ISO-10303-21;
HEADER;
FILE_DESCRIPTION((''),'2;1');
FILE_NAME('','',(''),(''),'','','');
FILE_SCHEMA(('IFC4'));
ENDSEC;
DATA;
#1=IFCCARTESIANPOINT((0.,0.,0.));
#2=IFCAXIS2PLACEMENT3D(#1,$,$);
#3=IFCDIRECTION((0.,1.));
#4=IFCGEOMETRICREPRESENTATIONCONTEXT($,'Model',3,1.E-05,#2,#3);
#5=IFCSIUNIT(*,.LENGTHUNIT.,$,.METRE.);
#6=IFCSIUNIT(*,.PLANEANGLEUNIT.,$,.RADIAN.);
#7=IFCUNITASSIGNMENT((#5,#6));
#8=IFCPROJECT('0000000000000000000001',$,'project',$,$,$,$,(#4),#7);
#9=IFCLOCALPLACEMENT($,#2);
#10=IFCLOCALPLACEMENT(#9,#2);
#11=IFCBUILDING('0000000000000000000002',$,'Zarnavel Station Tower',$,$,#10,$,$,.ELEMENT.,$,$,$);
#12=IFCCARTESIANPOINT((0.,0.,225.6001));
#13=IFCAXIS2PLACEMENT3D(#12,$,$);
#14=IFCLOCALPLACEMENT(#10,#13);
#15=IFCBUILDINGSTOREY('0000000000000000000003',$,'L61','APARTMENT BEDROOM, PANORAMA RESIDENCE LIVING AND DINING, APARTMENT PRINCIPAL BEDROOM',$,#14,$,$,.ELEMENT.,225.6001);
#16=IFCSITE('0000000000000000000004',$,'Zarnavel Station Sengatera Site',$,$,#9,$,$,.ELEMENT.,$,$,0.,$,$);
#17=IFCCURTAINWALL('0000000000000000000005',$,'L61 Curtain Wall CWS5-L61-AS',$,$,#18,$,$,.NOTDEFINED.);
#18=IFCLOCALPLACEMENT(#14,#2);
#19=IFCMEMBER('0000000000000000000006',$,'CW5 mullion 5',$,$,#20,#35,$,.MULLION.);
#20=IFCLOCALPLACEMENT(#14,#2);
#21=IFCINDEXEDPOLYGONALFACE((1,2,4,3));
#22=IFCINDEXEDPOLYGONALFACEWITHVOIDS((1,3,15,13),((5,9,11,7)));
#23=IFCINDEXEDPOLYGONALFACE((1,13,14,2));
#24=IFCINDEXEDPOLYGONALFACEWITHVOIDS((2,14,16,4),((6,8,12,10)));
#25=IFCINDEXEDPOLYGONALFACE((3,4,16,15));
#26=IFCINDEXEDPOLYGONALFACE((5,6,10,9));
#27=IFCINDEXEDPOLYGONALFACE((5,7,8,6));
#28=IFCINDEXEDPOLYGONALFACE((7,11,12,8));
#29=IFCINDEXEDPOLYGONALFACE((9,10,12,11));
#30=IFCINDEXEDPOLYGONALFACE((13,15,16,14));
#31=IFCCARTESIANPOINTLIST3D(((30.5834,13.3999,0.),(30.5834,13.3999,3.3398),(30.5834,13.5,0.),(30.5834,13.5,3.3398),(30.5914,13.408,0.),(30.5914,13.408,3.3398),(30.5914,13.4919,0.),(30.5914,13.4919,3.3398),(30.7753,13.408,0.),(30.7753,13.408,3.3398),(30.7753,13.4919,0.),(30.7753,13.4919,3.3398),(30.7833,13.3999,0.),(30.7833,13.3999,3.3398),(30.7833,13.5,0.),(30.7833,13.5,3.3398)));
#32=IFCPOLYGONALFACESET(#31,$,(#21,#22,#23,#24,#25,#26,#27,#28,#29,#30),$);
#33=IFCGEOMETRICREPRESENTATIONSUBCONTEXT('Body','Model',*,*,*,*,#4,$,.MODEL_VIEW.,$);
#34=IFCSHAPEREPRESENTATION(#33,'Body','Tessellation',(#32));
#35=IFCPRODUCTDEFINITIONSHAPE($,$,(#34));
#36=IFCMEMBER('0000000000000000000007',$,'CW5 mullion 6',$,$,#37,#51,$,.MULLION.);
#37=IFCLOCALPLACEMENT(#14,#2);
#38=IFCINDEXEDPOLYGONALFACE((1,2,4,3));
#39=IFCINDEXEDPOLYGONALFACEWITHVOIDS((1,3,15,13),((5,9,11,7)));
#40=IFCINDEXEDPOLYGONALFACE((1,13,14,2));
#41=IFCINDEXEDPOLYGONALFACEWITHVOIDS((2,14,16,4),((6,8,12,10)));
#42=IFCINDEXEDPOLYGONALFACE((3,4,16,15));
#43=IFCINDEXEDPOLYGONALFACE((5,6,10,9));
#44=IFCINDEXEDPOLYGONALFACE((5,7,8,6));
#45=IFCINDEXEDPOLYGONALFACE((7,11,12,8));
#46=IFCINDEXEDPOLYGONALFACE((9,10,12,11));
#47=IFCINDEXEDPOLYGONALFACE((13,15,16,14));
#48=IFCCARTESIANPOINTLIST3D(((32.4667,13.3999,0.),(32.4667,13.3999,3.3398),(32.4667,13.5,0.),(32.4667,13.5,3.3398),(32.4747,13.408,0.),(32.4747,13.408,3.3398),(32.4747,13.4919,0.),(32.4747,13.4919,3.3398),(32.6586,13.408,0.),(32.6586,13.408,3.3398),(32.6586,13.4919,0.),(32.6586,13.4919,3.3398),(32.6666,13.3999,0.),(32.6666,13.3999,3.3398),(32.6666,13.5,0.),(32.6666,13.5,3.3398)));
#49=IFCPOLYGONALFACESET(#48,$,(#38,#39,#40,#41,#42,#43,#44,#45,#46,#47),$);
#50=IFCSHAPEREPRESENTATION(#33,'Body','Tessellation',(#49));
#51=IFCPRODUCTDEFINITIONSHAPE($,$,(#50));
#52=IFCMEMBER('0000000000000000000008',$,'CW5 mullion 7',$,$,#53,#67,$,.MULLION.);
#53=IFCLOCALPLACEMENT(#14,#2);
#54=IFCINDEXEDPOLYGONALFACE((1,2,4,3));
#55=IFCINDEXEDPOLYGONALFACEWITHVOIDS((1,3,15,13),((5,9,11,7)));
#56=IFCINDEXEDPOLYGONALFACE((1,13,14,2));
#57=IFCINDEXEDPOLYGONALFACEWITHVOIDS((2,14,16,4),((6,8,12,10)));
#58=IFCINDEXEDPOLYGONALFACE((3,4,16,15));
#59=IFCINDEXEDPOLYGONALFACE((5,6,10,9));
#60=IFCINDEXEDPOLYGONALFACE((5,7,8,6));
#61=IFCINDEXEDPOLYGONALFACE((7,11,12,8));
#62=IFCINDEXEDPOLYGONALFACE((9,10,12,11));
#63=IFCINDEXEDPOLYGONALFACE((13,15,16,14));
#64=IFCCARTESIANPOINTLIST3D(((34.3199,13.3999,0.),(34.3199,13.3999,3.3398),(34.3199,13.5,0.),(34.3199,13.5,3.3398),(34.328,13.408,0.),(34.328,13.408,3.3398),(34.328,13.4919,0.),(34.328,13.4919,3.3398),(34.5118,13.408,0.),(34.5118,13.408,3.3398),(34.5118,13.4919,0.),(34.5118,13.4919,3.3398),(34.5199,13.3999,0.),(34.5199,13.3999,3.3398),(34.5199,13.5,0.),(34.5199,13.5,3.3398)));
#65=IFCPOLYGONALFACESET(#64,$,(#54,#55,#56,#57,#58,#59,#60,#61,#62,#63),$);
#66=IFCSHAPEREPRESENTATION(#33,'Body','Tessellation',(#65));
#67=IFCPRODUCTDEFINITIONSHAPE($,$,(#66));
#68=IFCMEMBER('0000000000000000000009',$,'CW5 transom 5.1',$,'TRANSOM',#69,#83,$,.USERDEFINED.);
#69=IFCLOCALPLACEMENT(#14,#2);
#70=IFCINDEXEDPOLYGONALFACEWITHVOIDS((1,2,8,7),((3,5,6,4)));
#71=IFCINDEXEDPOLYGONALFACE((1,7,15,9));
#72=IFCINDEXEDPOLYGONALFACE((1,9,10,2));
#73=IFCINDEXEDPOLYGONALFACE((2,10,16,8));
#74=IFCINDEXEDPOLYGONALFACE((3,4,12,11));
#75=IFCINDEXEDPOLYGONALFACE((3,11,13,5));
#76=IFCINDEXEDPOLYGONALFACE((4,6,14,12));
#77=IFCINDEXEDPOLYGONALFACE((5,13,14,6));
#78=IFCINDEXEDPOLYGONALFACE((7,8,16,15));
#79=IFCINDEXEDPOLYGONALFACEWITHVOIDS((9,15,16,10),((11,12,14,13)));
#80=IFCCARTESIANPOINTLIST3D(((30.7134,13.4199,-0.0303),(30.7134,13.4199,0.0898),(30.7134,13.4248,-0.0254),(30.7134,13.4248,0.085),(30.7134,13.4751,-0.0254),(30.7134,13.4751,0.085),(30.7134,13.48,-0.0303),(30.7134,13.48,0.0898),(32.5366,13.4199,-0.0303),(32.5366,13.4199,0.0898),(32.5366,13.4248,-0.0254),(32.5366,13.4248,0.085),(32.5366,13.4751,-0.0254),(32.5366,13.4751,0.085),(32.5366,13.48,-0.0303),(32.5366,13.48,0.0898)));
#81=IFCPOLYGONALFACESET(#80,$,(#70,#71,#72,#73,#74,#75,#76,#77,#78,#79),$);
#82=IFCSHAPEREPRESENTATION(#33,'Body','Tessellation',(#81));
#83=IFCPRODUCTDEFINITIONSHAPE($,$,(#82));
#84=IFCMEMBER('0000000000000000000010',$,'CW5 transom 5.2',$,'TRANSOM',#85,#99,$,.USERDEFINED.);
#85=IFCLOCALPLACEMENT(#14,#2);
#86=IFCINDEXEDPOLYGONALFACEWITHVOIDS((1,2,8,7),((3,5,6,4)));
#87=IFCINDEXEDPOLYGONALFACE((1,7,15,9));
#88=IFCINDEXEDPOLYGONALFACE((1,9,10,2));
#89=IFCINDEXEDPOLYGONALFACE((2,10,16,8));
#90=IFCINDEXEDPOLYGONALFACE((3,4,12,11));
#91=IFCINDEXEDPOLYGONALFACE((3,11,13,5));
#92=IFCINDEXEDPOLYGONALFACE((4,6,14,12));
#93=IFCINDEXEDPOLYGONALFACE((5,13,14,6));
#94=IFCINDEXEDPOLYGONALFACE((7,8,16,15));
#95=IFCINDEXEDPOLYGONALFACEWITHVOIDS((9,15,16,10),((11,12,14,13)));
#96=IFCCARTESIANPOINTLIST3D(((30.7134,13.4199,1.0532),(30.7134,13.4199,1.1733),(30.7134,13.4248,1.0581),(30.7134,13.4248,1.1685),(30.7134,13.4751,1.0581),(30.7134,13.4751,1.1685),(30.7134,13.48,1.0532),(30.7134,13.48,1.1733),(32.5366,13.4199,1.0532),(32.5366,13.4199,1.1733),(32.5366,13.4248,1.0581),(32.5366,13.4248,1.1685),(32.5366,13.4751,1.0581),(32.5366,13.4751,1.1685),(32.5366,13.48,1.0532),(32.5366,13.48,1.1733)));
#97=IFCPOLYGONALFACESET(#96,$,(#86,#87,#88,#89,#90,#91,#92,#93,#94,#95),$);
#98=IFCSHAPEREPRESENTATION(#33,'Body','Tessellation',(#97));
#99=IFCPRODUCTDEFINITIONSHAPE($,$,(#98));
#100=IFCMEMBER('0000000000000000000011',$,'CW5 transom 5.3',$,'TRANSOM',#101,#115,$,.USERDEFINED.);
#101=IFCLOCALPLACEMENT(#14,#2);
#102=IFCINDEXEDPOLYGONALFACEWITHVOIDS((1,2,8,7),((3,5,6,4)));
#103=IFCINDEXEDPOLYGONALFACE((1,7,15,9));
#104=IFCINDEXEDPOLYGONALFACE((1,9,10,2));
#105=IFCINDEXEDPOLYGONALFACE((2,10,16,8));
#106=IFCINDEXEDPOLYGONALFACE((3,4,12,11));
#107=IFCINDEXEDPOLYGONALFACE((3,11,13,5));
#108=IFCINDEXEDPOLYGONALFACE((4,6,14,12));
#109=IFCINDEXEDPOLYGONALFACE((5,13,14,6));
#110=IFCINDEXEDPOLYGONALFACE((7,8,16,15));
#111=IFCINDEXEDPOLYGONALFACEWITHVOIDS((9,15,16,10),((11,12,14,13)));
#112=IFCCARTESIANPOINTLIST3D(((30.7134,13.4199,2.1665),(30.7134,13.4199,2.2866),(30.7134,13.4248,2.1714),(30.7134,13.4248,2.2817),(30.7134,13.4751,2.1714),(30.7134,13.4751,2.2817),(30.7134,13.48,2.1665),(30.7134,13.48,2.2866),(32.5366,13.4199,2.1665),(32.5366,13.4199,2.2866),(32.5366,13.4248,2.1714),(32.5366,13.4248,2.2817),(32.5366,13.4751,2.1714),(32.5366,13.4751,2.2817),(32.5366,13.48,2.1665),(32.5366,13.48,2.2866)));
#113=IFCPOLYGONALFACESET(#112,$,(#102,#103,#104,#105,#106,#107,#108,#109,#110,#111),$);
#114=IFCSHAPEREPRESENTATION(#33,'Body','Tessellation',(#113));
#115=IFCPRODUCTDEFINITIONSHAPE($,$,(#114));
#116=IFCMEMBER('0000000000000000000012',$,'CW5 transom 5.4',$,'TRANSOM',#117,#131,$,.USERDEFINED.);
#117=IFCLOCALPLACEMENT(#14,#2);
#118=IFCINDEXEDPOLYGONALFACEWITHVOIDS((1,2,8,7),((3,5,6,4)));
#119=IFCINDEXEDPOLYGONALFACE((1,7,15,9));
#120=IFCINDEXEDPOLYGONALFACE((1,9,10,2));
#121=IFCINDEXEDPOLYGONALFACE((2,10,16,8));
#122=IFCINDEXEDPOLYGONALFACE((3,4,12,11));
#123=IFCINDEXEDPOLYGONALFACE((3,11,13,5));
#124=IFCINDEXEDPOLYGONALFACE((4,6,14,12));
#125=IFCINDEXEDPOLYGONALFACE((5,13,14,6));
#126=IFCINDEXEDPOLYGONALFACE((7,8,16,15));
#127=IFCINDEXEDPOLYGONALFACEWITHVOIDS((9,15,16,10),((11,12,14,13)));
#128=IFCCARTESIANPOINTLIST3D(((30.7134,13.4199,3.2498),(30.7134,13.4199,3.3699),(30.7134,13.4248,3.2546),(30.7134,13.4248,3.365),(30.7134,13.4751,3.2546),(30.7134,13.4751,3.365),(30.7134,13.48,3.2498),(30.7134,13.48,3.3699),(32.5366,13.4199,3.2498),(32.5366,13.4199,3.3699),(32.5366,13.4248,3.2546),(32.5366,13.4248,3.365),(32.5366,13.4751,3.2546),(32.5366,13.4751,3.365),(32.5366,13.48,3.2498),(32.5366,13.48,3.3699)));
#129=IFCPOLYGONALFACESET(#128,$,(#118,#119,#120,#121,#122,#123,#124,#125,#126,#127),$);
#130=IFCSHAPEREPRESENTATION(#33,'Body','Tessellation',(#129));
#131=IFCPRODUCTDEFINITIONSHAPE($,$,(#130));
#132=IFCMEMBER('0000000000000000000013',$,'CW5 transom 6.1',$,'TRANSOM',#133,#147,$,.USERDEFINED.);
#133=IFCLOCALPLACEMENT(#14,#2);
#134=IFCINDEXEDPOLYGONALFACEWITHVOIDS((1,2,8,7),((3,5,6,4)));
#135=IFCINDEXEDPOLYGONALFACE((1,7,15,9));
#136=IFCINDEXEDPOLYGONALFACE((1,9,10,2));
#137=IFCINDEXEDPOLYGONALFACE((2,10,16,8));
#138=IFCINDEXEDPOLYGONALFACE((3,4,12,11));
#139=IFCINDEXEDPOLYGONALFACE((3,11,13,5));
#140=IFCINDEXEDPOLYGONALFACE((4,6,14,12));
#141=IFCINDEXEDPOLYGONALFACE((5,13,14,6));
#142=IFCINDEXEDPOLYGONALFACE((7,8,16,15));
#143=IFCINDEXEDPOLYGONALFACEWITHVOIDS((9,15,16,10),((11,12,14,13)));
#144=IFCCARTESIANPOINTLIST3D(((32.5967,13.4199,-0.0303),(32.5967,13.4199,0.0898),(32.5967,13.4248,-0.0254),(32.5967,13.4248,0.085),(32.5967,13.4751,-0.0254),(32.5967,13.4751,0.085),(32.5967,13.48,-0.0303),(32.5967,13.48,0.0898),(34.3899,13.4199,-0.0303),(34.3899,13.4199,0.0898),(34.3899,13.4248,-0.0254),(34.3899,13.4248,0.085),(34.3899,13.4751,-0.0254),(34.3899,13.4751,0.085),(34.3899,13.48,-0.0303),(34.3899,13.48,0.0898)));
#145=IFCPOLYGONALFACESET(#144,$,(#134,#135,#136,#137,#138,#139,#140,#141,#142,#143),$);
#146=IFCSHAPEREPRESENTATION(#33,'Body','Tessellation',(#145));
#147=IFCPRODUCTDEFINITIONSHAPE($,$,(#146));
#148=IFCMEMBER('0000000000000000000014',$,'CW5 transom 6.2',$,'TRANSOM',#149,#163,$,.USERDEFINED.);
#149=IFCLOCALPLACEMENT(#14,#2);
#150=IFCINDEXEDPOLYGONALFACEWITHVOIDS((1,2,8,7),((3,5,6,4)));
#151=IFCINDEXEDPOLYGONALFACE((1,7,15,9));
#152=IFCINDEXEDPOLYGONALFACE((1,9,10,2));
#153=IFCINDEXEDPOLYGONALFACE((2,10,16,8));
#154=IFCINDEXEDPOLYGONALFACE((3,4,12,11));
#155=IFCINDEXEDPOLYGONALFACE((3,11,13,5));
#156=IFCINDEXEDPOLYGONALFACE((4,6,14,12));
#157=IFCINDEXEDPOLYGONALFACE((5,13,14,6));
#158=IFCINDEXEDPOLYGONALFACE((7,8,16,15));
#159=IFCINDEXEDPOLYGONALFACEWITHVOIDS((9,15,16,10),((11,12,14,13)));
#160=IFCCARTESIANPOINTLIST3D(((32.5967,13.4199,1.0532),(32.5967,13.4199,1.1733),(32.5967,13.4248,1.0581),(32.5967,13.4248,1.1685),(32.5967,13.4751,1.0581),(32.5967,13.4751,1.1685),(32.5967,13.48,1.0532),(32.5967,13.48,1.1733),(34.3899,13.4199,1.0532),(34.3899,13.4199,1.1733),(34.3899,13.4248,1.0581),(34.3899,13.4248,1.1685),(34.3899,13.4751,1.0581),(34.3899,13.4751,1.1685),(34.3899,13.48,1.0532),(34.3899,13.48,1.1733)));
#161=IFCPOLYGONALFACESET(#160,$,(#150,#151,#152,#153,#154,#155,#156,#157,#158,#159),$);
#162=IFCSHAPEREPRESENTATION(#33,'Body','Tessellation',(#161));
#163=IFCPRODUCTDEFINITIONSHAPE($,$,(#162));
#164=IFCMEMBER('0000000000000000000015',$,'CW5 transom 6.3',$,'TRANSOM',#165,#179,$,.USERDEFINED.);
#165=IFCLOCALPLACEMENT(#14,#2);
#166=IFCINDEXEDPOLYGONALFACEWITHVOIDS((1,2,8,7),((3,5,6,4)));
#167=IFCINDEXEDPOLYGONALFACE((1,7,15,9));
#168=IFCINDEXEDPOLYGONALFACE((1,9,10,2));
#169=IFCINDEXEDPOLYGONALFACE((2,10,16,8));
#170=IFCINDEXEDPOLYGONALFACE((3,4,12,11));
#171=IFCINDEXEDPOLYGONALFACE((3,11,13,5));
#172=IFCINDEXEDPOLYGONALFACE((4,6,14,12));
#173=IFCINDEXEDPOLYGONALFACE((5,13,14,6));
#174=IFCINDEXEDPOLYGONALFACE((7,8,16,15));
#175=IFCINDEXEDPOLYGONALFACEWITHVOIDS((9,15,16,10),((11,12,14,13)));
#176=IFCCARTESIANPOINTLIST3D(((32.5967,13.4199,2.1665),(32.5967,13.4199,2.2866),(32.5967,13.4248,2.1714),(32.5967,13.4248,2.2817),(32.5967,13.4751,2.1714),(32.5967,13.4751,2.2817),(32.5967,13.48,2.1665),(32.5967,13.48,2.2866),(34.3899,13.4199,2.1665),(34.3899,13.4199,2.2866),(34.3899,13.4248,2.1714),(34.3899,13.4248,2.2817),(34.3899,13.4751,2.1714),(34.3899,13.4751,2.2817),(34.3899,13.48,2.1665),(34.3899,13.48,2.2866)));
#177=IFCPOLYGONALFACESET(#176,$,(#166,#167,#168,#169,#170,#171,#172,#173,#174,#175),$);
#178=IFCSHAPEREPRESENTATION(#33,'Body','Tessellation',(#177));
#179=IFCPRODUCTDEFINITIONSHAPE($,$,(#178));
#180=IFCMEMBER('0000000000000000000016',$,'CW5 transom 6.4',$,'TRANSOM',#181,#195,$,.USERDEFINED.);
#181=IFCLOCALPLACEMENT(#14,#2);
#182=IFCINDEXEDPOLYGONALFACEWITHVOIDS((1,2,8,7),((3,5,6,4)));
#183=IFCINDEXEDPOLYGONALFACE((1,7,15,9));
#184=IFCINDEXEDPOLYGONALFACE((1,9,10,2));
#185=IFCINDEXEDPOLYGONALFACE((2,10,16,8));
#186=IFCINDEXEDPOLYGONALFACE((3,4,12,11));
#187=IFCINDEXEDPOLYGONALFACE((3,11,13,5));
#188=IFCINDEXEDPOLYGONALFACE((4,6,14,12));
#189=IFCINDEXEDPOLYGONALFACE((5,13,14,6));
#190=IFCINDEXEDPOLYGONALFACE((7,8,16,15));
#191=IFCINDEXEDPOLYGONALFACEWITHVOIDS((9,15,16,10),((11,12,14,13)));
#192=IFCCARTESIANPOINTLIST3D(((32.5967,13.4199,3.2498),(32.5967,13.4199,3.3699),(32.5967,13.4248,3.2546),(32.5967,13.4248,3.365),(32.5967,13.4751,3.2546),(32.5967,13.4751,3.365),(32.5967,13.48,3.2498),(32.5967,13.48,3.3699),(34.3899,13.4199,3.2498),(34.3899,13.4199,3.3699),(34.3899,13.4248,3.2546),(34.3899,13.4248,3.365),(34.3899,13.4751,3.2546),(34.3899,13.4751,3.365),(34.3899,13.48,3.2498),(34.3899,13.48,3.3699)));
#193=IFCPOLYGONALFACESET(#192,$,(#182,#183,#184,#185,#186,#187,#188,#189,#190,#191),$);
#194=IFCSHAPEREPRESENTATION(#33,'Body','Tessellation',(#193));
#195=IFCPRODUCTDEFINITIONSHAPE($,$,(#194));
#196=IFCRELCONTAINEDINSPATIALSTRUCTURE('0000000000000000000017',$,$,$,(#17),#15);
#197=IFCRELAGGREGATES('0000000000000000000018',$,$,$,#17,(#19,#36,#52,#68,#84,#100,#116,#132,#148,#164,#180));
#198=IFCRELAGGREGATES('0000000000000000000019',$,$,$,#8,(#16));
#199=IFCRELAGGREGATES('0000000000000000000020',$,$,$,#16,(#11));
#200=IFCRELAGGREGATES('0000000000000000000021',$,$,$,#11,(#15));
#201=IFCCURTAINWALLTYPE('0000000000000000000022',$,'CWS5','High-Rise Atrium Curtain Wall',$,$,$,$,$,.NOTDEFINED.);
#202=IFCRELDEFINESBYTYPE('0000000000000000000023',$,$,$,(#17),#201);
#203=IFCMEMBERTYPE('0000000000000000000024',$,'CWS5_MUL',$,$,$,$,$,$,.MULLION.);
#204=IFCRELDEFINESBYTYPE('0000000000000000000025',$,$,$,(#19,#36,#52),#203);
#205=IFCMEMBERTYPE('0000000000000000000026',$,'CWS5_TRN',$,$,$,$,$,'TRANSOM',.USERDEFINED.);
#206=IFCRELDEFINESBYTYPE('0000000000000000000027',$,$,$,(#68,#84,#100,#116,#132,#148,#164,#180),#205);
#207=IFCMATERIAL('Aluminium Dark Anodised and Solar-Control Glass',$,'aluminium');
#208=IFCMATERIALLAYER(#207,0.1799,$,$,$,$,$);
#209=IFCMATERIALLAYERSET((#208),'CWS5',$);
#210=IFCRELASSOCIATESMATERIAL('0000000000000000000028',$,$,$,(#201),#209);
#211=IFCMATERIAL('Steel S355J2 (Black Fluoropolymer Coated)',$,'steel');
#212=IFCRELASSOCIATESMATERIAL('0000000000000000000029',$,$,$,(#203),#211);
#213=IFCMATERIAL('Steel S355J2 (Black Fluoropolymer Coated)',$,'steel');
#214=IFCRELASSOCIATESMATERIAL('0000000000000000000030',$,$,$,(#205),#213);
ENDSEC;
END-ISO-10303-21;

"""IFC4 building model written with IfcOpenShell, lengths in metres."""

from ifc_helpers import new_model, si_unit, direction, frame, origin, origin_2d, place, context, subcontext, project, spatial, hollow_rectangle, extrude, material, layer, layer_set, material_profile, profile_set, type_object, element, aggregate, save


model = new_model("IFC4")

# Units and contexts
model_context = context("Model", 3, precision=1e-05, world=origin(), true_north=direction((0.0, 1.0)))
body_context = subcontext(model_context, "Body", "Model", "MODEL_VIEW")
ifc_project = project(units=[si_unit("LENGTHUNIT", "METRE"), si_unit("PLANEANGLEUNIT", "RADIAN")], contexts=[model_context])

# Site, building, storey
site_placement = place(None, origin())
site = spatial("IfcSite", under=ifc_project, at=site_placement, Name="Zarnavel Station Sengatera Site", CompositionType="ELEMENT", RefElevation=0.0)
building_placement = place(site_placement, origin())
building = spatial("IfcBuilding", under=site, at=building_placement, Name="Zarnavel Station Tower", CompositionType="ELEMENT")
storey_placement = place(building_placement, frame((0.0, 0.0, 225.6001)))
storey = spatial("IfcBuildingStorey", under=building, at=storey_placement, Name="L61", Description="APARTMENT BEDROOM, PANORAMA RESIDENCE LIVING AND DINING, APARTMENT PRINCIPAL BEDROOM", CompositionType="ELEMENT", Elevation=225.6001)

# Curtain wall, members
ifc_material_1 = material(Name="Aluminium Dark Anodised and Solar-Control Glass", Category="aluminium")
ifc_layer_1 = layer(ifc_material_1, 0.1799)
ifc_layer_set_1 = layer_set([ifc_layer_1], Name="CWS5")
curtain_wall_type = type_object("IfcCurtainWallType", Name="CWS5", Description="High-Rise Atrium Curtain Wall", PredefinedType="NOTDEFINED", material=ifc_layer_set_1)
curtain_wall_placement = place(storey_placement, origin())
curtain_wall = element("IfcCurtainWall", 1, at=curtain_wall_placement, inside=storey, type_object=curtain_wall_type, Name="L61 Curtain Wall CWS5-L61-AS", PredefinedType="NOTDEFINED")
ifc_material_2 = material(Name="Steel S355J2 (Black Fluoropolymer Coated)", Category="steel")
ifc_material_profile_1 = material_profile(ifc_material_2, hollow_rectangle(XDim=0.1001, YDim=0.2, WallThickness=0.0081, at=origin_2d()), Name="RHS200x100x8")
ifc_profile_set_1 = profile_set([ifc_material_profile_1], Name="Steel S355J2 (Black Fluoropolymer Coated)")
member_type_1 = type_object("IfcMemberType", Name="CWS5_MUL", PredefinedType="MULLION", material=ifc_profile_set_1)
member_1_placement = place(storey_placement, frame((30.6833, 13.45, 0.0), z_axis=(0.0, 0.0, 1.0), x_axis=(0.0, 1.0, 0.0)))
member_1 = element("IfcMember", 2, at=member_1_placement, type_object=member_type_1, Name="CW5 mullion 5", PredefinedType="MULLION", context=body_context, shape_type="SweptSolid", body=[
    extrude(hollow_rectangle(XDim=0.1001, YDim=0.2, WallThickness=0.0081, at=origin_2d()), origin(), (0.0, 0.0, 1.0), 3.3398),
])
member_2_placement = place(storey_placement, frame((32.5667, 13.45, 0.0), z_axis=(0.0, 0.0, 1.0), x_axis=(0.0, 1.0, 0.0)))
member_2 = element("IfcMember", 3, at=member_2_placement, type_object=member_type_1, Name="CW5 mullion 6", PredefinedType="MULLION", context=body_context, shape_type="SweptSolid", body=[
    extrude(hollow_rectangle(XDim=0.1001, YDim=0.2, WallThickness=0.0081, at=origin_2d()), origin(), (0.0, 0.0, 1.0), 3.3398),
])
member_3_placement = place(storey_placement, frame((34.4199, 13.45, 0.0), z_axis=(0.0, 0.0, 1.0), x_axis=(0.0, 1.0, 0.0)))
member_3 = element("IfcMember", 4, at=member_3_placement, type_object=member_type_1, Name="CW5 mullion 7", PredefinedType="MULLION", context=body_context, shape_type="SweptSolid", body=[
    extrude(hollow_rectangle(XDim=0.1001, YDim=0.2, WallThickness=0.0081, at=origin_2d()), origin(), (0.0, 0.0, 1.0), 3.3398),
])
ifc_material_3 = material(Name="Steel S355J2 (Black Fluoropolymer Coated)", Category="steel")
ifc_material_profile_2 = material_profile(ifc_material_3, hollow_rectangle(XDim=0.0601, YDim=0.1201, WallThickness=0.0049, at=origin_2d()), Name="RHS120x60x5")
ifc_profile_set_2 = profile_set([ifc_material_profile_2], Name="Steel S355J2 (Black Fluoropolymer Coated)")
member_type_2 = type_object("IfcMemberType", Name="CWS5_TRN", ElementType="TRANSOM", PredefinedType="USERDEFINED", material=ifc_profile_set_2)
member_4_placement = place(storey_placement, frame((30.7134, 13.45, 0.0298), z_axis=(1.0, 0.0, 0.0), x_axis=(0.0, 1.0, 0.0)))
member_4 = element("IfcMember", 5, at=member_4_placement, type_object=member_type_2, Name="CW5 transom 5.1", ObjectType="TRANSOM", PredefinedType="USERDEFINED", context=body_context, shape_type="SweptSolid", body=[
    extrude(hollow_rectangle(XDim=0.0601, YDim=0.1201, WallThickness=0.0049, at=origin_2d()), origin(), (0.0, 0.0, 1.0), 1.8232),
])
member_5_placement = place(storey_placement, frame((30.7134, 13.45, 1.1133), z_axis=(1.0, 0.0, 0.0), x_axis=(0.0, 1.0, 0.0)))
member_5 = element("IfcMember", 6, at=member_5_placement, type_object=member_type_2, Name="CW5 transom 5.2", ObjectType="TRANSOM", PredefinedType="USERDEFINED", context=body_context, shape_type="SweptSolid", body=[
    extrude(hollow_rectangle(XDim=0.0601, YDim=0.1201, WallThickness=0.0049, at=origin_2d()), origin(), (0.0, 0.0, 1.0), 1.8232),
])
member_6_placement = place(storey_placement, frame((30.7134, 13.45, 2.2266), z_axis=(1.0, 0.0, 0.0), x_axis=(0.0, 1.0, 0.0)))
member_6 = element("IfcMember", 7, at=member_6_placement, type_object=member_type_2, Name="CW5 transom 5.3", ObjectType="TRANSOM", PredefinedType="USERDEFINED", context=body_context, shape_type="SweptSolid", body=[
    extrude(hollow_rectangle(XDim=0.0601, YDim=0.1201, WallThickness=0.0049, at=origin_2d()), origin(), (0.0, 0.0, 1.0), 1.8232),
])
member_7_placement = place(storey_placement, frame((30.7134, 13.45, 3.3098), z_axis=(1.0, 0.0, 0.0), x_axis=(0.0, 1.0, 0.0)))
member_7 = element("IfcMember", 8, at=member_7_placement, type_object=member_type_2, Name="CW5 transom 5.4", ObjectType="TRANSOM", PredefinedType="USERDEFINED", context=body_context, shape_type="SweptSolid", body=[
    extrude(hollow_rectangle(XDim=0.0601, YDim=0.1201, WallThickness=0.0049, at=origin_2d()), origin(), (0.0, 0.0, 1.0), 1.8232),
])
member_8_placement = place(storey_placement, frame((32.5967, 13.45, 0.0298), z_axis=(1.0, 0.0, 0.0), x_axis=(0.0, 1.0, 0.0)))
member_8 = element("IfcMember", 9, at=member_8_placement, type_object=member_type_2, Name="CW5 transom 6.1", ObjectType="TRANSOM", PredefinedType="USERDEFINED", context=body_context, shape_type="SweptSolid", body=[
    extrude(hollow_rectangle(XDim=0.0601, YDim=0.1201, WallThickness=0.0049, at=origin_2d()), origin(), (0.0, 0.0, 1.0), 1.7932),
])
member_9_placement = place(storey_placement, frame((32.5967, 13.45, 1.1133), z_axis=(1.0, 0.0, 0.0), x_axis=(0.0, 1.0, 0.0)))
member_9 = element("IfcMember", 10, at=member_9_placement, type_object=member_type_2, Name="CW5 transom 6.2", ObjectType="TRANSOM", PredefinedType="USERDEFINED", context=body_context, shape_type="SweptSolid", body=[
    extrude(hollow_rectangle(XDim=0.0601, YDim=0.1201, WallThickness=0.0049, at=origin_2d()), origin(), (0.0, 0.0, 1.0), 1.7932),
])
member_10_placement = place(storey_placement, frame((32.5967, 13.45, 2.2266), z_axis=(1.0, 0.0, 0.0), x_axis=(0.0, 1.0, 0.0)))
member_10 = element("IfcMember", 11, at=member_10_placement, type_object=member_type_2, Name="CW5 transom 6.3", ObjectType="TRANSOM", PredefinedType="USERDEFINED", context=body_context, shape_type="SweptSolid", body=[
    extrude(hollow_rectangle(XDim=0.0601, YDim=0.1201, WallThickness=0.0049, at=origin_2d()), origin(), (0.0, 0.0, 1.0), 1.7932),
])
member_11_placement = place(storey_placement, frame((32.5967, 13.45, 3.3098), z_axis=(1.0, 0.0, 0.0), x_axis=(0.0, 1.0, 0.0)))
member_11 = element("IfcMember", 12, at=member_11_placement, type_object=member_type_2, Name="CW5 transom 6.4", ObjectType="TRANSOM", PredefinedType="USERDEFINED", context=body_context, shape_type="SweptSolid", body=[
    extrude(hollow_rectangle(XDim=0.0601, YDim=0.1201, WallThickness=0.0049, at=origin_2d()), origin(), (0.0, 0.0, 1.0), 1.7932),
])
aggregate(curtain_wall, [member_1, member_2, member_3, member_4, member_5, member_6, member_7, member_8, member_9, member_10, member_11])

save(model, "model.ifc")
